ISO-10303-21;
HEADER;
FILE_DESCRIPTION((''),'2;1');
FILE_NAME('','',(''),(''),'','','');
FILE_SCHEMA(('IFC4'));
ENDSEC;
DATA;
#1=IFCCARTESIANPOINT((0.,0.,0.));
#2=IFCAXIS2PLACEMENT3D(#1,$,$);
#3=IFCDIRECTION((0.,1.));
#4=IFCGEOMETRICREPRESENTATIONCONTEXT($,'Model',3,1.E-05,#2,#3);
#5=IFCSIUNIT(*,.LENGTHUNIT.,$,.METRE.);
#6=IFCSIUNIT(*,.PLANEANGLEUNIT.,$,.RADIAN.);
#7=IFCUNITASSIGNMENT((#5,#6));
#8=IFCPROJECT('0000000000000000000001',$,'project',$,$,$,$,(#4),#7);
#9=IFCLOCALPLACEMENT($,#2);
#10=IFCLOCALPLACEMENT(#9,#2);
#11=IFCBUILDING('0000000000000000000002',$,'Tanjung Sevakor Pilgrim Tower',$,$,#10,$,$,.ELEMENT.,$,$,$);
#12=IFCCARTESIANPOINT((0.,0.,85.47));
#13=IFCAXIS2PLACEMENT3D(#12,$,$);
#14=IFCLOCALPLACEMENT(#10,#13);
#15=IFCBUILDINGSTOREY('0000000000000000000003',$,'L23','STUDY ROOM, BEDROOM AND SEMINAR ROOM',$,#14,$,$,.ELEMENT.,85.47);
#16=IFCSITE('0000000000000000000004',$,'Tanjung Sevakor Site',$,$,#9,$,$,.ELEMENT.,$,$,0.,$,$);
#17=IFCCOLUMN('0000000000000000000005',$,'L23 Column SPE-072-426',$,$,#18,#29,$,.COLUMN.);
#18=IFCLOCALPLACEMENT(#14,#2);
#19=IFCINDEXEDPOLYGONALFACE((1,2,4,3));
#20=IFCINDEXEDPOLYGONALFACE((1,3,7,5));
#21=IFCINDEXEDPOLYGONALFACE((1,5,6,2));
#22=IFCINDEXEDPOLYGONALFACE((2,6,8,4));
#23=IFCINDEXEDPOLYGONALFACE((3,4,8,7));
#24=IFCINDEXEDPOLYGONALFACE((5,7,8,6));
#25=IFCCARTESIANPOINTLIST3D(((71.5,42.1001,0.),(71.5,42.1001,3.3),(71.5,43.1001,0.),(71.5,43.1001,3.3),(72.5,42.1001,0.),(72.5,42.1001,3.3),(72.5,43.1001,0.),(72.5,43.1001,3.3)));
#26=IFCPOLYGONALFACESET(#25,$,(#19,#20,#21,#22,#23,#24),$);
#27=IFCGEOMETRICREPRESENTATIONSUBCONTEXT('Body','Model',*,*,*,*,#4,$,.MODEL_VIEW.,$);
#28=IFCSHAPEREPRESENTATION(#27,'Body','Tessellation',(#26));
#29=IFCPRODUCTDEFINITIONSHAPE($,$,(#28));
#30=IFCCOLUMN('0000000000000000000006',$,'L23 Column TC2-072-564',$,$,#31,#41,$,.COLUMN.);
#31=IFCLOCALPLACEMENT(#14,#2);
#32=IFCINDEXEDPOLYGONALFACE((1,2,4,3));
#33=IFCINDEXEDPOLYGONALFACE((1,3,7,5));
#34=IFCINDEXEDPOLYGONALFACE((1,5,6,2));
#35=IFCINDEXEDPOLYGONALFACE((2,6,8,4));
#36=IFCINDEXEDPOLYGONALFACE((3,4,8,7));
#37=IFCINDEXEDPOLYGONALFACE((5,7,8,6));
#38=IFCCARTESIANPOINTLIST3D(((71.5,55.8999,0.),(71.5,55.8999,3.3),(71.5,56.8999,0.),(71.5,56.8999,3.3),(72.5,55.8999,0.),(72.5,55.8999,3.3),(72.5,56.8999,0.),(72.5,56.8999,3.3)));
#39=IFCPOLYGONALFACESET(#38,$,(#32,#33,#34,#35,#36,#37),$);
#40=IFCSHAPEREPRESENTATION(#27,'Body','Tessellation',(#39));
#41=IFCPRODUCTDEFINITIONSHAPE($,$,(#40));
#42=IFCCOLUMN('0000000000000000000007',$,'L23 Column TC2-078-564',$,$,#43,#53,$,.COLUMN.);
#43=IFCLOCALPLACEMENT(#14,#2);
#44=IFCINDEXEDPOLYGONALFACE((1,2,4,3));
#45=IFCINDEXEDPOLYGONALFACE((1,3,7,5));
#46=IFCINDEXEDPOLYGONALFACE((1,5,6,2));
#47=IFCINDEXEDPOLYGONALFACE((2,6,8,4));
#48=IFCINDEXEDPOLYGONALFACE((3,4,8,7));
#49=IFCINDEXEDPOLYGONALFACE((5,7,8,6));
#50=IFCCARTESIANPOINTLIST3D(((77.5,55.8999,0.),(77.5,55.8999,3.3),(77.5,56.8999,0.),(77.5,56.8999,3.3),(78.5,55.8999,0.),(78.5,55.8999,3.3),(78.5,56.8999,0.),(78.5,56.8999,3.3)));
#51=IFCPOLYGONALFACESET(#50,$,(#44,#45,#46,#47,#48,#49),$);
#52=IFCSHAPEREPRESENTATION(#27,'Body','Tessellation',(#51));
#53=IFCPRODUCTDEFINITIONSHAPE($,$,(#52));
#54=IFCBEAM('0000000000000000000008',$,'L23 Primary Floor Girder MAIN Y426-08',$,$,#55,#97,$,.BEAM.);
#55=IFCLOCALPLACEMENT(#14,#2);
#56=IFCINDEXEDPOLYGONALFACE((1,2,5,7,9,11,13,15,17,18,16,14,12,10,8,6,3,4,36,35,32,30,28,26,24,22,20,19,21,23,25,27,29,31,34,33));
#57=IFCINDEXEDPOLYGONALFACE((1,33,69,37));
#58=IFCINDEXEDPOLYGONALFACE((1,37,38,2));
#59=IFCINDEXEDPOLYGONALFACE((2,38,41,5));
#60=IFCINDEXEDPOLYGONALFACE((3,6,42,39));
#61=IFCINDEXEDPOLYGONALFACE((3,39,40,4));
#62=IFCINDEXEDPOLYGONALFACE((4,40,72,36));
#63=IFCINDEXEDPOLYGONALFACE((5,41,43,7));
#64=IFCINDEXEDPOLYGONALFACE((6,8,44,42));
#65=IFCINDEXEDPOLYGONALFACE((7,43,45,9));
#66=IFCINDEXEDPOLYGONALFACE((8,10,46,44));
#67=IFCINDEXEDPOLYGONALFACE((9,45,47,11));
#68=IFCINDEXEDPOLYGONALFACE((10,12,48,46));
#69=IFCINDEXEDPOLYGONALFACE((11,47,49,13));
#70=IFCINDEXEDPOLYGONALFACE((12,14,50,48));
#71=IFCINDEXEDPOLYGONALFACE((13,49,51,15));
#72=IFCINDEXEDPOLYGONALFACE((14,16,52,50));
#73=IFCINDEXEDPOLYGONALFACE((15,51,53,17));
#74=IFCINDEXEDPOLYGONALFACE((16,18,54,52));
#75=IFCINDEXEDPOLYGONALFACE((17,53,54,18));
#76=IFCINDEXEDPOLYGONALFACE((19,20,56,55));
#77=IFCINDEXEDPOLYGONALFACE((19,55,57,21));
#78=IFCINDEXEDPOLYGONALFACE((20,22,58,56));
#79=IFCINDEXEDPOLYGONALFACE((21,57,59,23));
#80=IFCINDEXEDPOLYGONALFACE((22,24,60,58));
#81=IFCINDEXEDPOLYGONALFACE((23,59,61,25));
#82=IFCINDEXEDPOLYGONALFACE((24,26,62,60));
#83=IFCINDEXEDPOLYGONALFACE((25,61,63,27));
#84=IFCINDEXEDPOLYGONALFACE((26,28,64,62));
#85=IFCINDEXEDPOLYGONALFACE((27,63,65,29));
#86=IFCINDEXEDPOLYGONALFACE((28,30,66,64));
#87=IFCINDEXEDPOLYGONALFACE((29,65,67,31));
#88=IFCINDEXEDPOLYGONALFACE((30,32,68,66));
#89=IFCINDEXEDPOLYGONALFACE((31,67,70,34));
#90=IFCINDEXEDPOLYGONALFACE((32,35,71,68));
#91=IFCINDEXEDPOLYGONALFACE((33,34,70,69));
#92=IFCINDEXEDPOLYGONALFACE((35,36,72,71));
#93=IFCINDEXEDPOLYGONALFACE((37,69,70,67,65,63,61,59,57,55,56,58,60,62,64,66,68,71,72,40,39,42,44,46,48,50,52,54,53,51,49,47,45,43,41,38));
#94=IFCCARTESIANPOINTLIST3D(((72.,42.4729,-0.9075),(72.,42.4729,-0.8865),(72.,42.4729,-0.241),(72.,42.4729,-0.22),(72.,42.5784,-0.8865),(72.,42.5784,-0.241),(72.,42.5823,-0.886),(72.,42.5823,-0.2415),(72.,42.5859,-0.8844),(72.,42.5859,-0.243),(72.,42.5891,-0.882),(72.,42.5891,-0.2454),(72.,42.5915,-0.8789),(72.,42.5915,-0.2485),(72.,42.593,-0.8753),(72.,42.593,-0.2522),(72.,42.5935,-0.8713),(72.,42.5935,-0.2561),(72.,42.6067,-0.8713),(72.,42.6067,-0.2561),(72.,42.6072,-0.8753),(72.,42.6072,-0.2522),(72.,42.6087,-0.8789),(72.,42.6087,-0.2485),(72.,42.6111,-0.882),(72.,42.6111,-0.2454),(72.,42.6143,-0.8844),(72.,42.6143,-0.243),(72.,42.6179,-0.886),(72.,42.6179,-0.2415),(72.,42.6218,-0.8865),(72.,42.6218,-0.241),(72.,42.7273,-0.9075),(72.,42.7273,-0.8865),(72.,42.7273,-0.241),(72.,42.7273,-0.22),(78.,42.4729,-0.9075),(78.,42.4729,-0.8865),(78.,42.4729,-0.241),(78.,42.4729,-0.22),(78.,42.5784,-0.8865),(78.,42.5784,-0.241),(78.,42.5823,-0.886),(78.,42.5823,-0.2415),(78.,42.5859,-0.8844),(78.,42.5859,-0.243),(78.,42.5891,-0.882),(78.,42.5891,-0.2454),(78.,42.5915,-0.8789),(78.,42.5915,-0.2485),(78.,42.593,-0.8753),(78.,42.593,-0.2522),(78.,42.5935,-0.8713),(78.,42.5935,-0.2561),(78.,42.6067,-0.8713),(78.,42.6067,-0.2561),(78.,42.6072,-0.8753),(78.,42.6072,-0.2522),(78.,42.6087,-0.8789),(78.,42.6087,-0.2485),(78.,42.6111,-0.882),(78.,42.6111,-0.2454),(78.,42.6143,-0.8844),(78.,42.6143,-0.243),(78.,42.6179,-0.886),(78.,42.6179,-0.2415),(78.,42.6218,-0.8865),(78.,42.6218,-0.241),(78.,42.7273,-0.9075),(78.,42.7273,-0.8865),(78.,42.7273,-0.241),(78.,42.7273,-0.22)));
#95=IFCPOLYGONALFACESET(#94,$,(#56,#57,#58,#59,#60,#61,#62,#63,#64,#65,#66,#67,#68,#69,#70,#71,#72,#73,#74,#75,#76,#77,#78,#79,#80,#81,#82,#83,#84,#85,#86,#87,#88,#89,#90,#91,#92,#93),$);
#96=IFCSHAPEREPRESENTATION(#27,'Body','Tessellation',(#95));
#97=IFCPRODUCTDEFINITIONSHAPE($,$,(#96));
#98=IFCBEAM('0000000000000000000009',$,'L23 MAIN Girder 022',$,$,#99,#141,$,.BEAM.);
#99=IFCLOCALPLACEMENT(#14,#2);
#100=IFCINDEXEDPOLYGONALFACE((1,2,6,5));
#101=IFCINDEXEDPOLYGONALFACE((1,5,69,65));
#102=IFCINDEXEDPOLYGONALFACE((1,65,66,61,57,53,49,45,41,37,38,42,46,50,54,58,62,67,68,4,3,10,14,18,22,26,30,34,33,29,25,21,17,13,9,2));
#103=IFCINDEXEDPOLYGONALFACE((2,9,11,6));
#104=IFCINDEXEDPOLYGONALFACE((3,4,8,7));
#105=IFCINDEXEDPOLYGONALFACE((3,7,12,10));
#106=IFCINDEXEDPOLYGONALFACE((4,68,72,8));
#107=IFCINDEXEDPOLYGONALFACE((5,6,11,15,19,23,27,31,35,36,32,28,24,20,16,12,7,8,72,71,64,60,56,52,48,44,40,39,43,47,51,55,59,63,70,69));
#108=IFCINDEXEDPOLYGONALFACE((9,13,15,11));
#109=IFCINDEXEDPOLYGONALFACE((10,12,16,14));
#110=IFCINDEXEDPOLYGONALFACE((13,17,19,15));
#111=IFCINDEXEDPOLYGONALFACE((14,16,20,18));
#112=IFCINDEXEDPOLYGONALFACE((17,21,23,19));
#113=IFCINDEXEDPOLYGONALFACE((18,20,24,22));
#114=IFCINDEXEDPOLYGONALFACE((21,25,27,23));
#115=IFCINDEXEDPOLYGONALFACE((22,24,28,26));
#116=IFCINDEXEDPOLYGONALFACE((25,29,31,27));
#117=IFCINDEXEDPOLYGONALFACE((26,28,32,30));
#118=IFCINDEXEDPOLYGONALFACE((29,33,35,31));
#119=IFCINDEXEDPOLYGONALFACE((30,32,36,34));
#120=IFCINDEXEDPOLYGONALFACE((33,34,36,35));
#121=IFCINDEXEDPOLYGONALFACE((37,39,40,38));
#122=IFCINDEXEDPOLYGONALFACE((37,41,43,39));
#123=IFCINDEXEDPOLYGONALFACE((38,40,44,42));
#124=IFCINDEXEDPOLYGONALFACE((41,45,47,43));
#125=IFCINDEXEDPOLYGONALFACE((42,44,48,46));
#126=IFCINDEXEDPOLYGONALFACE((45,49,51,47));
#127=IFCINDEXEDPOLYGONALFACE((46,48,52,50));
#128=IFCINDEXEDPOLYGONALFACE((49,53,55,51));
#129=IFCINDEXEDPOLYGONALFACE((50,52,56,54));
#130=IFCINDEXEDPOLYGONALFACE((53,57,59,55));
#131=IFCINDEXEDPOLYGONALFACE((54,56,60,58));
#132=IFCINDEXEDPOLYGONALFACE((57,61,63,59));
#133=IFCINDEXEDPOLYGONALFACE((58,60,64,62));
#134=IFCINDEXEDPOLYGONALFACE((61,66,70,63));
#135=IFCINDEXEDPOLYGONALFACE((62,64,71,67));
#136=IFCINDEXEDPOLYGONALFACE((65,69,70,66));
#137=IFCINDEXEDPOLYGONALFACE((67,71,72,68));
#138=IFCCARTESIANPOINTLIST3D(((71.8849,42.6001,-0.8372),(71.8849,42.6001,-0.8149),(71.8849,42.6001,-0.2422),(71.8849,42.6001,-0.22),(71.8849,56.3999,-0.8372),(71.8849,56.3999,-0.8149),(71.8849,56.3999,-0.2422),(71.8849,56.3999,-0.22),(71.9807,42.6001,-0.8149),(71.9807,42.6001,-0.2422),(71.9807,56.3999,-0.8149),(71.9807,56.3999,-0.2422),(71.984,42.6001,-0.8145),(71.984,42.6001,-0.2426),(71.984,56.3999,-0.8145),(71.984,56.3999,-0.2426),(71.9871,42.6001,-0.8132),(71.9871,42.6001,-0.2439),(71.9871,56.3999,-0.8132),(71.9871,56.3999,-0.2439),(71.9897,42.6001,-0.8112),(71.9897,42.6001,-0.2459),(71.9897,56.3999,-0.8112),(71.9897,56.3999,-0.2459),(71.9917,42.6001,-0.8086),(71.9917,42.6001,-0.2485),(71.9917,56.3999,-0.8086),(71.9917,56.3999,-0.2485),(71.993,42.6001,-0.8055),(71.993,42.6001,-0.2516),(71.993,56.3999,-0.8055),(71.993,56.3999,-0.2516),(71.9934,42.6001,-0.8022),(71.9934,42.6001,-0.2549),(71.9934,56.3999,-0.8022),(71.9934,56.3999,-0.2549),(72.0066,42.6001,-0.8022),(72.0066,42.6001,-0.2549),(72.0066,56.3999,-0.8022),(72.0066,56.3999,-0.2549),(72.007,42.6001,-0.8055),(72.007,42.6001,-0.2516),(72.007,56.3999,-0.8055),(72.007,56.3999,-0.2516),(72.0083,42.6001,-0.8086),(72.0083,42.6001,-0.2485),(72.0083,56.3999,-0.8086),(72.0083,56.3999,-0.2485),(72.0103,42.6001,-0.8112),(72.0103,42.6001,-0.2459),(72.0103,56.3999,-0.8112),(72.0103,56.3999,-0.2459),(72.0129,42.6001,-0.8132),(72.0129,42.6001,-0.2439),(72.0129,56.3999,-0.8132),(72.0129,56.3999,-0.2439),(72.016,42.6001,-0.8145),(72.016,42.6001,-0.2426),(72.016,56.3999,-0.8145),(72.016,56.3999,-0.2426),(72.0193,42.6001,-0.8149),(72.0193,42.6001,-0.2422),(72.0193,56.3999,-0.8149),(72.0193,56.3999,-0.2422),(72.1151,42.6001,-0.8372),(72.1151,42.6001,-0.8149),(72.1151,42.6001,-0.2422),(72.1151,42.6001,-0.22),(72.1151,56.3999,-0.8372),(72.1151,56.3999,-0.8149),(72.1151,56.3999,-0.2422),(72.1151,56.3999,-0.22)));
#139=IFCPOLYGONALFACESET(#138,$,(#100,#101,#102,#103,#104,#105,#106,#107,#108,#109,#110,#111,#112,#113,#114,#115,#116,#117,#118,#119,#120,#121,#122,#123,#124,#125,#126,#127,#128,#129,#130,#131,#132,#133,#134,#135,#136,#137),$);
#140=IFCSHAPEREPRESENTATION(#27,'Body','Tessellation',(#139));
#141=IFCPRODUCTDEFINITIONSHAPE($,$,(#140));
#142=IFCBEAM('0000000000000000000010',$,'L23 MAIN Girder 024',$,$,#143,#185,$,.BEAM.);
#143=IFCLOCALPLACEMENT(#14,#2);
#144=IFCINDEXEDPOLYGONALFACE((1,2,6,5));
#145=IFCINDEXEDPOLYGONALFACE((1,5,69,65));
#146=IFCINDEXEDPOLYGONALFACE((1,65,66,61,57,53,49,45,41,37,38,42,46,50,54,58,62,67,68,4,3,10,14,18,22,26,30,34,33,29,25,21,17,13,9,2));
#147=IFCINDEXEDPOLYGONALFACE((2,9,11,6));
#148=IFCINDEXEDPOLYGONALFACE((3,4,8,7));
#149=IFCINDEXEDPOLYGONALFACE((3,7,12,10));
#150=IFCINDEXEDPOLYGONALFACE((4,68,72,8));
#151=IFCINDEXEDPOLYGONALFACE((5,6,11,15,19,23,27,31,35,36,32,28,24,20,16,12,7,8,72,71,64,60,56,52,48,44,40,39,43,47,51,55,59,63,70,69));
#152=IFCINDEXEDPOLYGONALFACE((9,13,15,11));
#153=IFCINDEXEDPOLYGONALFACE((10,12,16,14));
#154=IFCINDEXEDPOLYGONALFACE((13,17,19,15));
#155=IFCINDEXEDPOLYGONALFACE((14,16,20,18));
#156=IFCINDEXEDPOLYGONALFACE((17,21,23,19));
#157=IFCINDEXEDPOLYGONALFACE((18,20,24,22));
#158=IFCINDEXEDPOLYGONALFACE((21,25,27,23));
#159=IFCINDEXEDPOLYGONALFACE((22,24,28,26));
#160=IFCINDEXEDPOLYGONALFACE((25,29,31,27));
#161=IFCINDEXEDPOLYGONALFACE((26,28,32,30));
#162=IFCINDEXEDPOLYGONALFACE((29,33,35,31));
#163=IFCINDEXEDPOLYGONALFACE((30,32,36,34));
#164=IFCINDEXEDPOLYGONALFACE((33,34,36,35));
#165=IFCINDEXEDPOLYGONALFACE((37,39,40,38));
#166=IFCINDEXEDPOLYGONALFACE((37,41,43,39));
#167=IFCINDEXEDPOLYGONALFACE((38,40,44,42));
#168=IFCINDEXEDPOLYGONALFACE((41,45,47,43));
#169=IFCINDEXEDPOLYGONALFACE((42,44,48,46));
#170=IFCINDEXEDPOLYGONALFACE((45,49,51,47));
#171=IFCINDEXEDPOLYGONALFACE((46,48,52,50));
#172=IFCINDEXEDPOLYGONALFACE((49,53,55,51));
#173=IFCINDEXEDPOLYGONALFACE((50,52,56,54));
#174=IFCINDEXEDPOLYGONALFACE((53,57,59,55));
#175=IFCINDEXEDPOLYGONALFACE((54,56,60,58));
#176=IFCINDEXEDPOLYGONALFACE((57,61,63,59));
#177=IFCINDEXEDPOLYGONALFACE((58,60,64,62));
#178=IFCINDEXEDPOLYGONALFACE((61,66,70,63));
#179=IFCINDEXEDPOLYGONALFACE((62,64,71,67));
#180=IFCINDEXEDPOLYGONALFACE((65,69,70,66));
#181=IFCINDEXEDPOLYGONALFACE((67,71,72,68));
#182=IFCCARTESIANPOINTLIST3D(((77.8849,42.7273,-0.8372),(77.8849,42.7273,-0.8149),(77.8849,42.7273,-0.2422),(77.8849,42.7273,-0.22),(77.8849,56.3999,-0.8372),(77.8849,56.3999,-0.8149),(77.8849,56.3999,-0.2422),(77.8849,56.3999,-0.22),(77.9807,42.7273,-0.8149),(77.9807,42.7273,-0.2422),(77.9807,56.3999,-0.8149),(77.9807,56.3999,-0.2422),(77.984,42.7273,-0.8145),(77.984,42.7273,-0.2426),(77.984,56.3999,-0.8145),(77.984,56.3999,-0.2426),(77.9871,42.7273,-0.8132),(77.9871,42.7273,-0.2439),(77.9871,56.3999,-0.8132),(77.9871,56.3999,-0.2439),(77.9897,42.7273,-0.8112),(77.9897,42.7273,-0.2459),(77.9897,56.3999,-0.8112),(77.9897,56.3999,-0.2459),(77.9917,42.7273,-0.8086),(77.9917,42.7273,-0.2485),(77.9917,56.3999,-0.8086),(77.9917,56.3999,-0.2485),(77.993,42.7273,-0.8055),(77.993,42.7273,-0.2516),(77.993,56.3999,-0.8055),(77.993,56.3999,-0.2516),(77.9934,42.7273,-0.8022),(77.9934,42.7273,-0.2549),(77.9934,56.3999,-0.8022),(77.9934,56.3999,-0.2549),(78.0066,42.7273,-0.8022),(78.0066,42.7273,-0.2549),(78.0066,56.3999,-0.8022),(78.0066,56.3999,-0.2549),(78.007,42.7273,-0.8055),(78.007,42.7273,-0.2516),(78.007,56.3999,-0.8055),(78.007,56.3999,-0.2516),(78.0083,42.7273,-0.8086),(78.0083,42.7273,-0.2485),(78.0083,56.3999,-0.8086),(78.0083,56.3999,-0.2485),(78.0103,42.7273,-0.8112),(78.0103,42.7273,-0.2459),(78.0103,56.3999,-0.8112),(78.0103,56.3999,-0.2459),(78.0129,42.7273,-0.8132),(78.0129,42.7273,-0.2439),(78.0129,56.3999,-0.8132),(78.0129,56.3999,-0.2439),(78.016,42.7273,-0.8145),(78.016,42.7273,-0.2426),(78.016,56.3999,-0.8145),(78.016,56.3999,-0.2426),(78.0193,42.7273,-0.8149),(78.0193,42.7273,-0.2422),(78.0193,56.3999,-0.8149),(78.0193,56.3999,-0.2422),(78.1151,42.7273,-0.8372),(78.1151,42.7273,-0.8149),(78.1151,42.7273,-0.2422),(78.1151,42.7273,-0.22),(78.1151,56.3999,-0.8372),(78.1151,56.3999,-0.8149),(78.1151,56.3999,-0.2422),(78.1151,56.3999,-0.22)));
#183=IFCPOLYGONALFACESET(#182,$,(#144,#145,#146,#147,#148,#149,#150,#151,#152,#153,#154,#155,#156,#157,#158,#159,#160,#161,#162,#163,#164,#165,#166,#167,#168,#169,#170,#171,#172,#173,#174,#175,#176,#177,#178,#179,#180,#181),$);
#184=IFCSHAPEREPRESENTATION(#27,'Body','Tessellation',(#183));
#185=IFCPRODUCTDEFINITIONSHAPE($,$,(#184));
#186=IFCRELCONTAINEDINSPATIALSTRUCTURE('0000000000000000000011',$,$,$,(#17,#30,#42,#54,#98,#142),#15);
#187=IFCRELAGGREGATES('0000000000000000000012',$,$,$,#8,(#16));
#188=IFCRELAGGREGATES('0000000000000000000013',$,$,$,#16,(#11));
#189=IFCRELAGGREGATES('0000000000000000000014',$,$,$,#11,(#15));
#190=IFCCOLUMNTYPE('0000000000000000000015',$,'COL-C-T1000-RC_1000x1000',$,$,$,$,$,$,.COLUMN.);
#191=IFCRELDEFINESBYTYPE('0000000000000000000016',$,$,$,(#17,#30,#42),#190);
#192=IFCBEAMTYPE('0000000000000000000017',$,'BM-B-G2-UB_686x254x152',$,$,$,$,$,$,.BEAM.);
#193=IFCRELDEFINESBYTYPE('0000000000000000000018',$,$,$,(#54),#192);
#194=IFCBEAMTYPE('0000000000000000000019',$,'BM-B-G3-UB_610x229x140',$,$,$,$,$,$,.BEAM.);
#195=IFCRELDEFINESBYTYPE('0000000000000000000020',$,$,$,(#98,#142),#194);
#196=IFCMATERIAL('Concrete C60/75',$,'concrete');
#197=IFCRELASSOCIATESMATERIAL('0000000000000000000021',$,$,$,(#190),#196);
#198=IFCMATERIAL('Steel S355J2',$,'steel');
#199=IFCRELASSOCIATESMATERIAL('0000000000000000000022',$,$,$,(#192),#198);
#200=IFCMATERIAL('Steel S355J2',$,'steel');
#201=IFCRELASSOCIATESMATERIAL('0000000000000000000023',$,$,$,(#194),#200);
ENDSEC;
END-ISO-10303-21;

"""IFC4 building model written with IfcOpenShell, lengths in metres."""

from ifc_helpers import new_model, si_unit, direction, frame, origin, origin_2d, place, context, subcontext, project, spatial, rectangle, i_section, extrude, material, material_profile, profile_set, type_object, element, save


model = new_model("IFC4")

# Units and contexts
model_context = context("Model", 3, precision=1e-05, world=origin(), true_north=direction((0.0, 1.0)))
body_context = subcontext(model_context, "Body", "Model", "MODEL_VIEW")
ifc_project = project(units=[si_unit("LENGTHUNIT", "METRE"), si_unit("PLANEANGLEUNIT", "RADIAN")], contexts=[model_context])

# Site, building, storey
site_placement = place(None, origin())
site = spatial("IfcSite", under=ifc_project, at=site_placement, Name="Tanjung Sevakor Site", CompositionType="ELEMENT", RefElevation=0.0)
building_placement = place(site_placement, origin())
building = spatial("IfcBuilding", under=site, at=building_placement, Name="Tanjung Sevakor Pilgrim Tower", CompositionType="ELEMENT")
storey_placement = place(building_placement, frame((0.0, 0.0, 85.47)))
storey = spatial("IfcBuildingStorey", under=building, at=storey_placement, Name="L23", Description="STUDY ROOM, BEDROOM AND SEMINAR ROOM", CompositionType="ELEMENT", Elevation=85.47)

# Columns
ifc_material_1 = material(Name="Concrete C60/75", Category="concrete")
ifc_material_profile_1 = material_profile(ifc_material_1, rectangle(XDim=1.0, YDim=1.0, at=origin_2d()))
ifc_profile_set_1 = profile_set([ifc_material_profile_1], Name="Concrete C60/75")
column_type = type_object("IfcColumnType", Name="COL-C-T1000-RC_1000x1000", PredefinedType="COLUMN", material=ifc_profile_set_1)
for number, where, z_axis, x_axis, name in (
    (1, (72.0, 42.6001, 0.0), (0.0, 0.0, 1.0), (1.0, 0.0, 0.0), "L23 Column SPE-072-426"),
    (2, (72.0, 56.3999, 0.0), (0.0, 0.0, 1.0), (1.0, 0.0, 0.0), "L23 Column TC2-072-564"),
    (3, (78.0, 56.3999, 0.0), (0.0, 0.0, 1.0), (1.0, 0.0, 0.0), "L23 Column TC2-078-564"),
):
    element("IfcColumn", number, at=place(storey_placement, frame(where, z_axis=z_axis, x_axis=x_axis)), inside=storey, type_object=column_type, Name=name, PredefinedType="COLUMN", context=body_context, shape_type="SweptSolid", body=[
        extrude(rectangle(XDim=1.0, YDim=1.0, at=origin_2d()), origin(), (0.0, 0.0, 1.0), 3.3),
    ])

# Beams
ifc_material_2 = material(Name="Steel S355J2", Category="steel")
ifc_material_profile_2 = material_profile(ifc_material_2, i_section(OverallWidth=0.2544, OverallDepth=0.6875, WebThickness=0.0132, FlangeThickness=0.021, FilletRadius=0.0151, at=origin_2d()))
ifc_profile_set_2 = profile_set([ifc_material_profile_2], Name="Steel S355J2")
beam_type_1 = type_object("IfcBeamType", Name="BM-B-G2-UB_686x254x152", PredefinedType="BEAM", material=ifc_profile_set_2)
beam_1_placement = place(storey_placement, frame((72.0, 42.6001, -0.5637), z_axis=(1.0, 0.0, 0.0), x_axis=(0.0, 1.0, 0.0)))
element("IfcBeam", 4, at=beam_1_placement, inside=storey, type_object=beam_type_1, Name="L23 Primary Floor Girder MAIN Y426-08", PredefinedType="BEAM", context=body_context, shape_type="SweptSolid", body=[
    extrude(i_section(OverallWidth=0.2544, OverallDepth=0.6875, WebThickness=0.0132, FlangeThickness=0.021, FilletRadius=0.0151, at=origin_2d()), origin(), (0.0, 0.0, 1.0), 6.0),
])
ifc_material_3 = material(Name="Steel S355J2", Category="steel")
ifc_material_profile_3 = material_profile(ifc_material_3, i_section(OverallWidth=0.2302, OverallDepth=0.6172, WebThickness=0.0132, FlangeThickness=0.0222, FilletRadius=0.0127, at=origin_2d()))
ifc_profile_set_3 = profile_set([ifc_material_profile_3], Name="Steel S355J2")
beam_type_2 = type_object("IfcBeamType", Name="BM-B-G3-UB_610x229x140", PredefinedType="BEAM", material=ifc_profile_set_3)
beam_2_placement = place(storey_placement, frame((72.0, 42.6001, -0.5286), z_axis=(0.0, 1.0, 0.0), x_axis=(-1.0, 0.0, 0.0)))
element("IfcBeam", 5, at=beam_2_placement, inside=storey, type_object=beam_type_2, Name="L23 MAIN Girder 022", PredefinedType="BEAM", context=body_context, shape_type="SweptSolid", body=[
    extrude(i_section(OverallWidth=0.2302, OverallDepth=0.6172, WebThickness=0.0132, FlangeThickness=0.0222, FilletRadius=0.0127, at=origin_2d()), origin(), (0.0, 0.0, 1.0), 13.7998),
])
beam_3_placement = place(storey_placement, frame((78.0, 42.7273, -0.5286), z_axis=(0.0, 1.0, 0.0), x_axis=(-1.0, 0.0, 0.0)))
element("IfcBeam", 6, at=beam_3_placement, inside=storey, type_object=beam_type_2, Name="L23 MAIN Girder 024", PredefinedType="BEAM", context=body_context, shape_type="SweptSolid", body=[
    extrude(i_section(OverallWidth=0.2302, OverallDepth=0.6172, WebThickness=0.0132, FlangeThickness=0.0222, FilletRadius=0.0127, at=origin_2d()), origin(), (0.0, 0.0, 1.0), 13.6726),
])

save(model, "model.ifc")
